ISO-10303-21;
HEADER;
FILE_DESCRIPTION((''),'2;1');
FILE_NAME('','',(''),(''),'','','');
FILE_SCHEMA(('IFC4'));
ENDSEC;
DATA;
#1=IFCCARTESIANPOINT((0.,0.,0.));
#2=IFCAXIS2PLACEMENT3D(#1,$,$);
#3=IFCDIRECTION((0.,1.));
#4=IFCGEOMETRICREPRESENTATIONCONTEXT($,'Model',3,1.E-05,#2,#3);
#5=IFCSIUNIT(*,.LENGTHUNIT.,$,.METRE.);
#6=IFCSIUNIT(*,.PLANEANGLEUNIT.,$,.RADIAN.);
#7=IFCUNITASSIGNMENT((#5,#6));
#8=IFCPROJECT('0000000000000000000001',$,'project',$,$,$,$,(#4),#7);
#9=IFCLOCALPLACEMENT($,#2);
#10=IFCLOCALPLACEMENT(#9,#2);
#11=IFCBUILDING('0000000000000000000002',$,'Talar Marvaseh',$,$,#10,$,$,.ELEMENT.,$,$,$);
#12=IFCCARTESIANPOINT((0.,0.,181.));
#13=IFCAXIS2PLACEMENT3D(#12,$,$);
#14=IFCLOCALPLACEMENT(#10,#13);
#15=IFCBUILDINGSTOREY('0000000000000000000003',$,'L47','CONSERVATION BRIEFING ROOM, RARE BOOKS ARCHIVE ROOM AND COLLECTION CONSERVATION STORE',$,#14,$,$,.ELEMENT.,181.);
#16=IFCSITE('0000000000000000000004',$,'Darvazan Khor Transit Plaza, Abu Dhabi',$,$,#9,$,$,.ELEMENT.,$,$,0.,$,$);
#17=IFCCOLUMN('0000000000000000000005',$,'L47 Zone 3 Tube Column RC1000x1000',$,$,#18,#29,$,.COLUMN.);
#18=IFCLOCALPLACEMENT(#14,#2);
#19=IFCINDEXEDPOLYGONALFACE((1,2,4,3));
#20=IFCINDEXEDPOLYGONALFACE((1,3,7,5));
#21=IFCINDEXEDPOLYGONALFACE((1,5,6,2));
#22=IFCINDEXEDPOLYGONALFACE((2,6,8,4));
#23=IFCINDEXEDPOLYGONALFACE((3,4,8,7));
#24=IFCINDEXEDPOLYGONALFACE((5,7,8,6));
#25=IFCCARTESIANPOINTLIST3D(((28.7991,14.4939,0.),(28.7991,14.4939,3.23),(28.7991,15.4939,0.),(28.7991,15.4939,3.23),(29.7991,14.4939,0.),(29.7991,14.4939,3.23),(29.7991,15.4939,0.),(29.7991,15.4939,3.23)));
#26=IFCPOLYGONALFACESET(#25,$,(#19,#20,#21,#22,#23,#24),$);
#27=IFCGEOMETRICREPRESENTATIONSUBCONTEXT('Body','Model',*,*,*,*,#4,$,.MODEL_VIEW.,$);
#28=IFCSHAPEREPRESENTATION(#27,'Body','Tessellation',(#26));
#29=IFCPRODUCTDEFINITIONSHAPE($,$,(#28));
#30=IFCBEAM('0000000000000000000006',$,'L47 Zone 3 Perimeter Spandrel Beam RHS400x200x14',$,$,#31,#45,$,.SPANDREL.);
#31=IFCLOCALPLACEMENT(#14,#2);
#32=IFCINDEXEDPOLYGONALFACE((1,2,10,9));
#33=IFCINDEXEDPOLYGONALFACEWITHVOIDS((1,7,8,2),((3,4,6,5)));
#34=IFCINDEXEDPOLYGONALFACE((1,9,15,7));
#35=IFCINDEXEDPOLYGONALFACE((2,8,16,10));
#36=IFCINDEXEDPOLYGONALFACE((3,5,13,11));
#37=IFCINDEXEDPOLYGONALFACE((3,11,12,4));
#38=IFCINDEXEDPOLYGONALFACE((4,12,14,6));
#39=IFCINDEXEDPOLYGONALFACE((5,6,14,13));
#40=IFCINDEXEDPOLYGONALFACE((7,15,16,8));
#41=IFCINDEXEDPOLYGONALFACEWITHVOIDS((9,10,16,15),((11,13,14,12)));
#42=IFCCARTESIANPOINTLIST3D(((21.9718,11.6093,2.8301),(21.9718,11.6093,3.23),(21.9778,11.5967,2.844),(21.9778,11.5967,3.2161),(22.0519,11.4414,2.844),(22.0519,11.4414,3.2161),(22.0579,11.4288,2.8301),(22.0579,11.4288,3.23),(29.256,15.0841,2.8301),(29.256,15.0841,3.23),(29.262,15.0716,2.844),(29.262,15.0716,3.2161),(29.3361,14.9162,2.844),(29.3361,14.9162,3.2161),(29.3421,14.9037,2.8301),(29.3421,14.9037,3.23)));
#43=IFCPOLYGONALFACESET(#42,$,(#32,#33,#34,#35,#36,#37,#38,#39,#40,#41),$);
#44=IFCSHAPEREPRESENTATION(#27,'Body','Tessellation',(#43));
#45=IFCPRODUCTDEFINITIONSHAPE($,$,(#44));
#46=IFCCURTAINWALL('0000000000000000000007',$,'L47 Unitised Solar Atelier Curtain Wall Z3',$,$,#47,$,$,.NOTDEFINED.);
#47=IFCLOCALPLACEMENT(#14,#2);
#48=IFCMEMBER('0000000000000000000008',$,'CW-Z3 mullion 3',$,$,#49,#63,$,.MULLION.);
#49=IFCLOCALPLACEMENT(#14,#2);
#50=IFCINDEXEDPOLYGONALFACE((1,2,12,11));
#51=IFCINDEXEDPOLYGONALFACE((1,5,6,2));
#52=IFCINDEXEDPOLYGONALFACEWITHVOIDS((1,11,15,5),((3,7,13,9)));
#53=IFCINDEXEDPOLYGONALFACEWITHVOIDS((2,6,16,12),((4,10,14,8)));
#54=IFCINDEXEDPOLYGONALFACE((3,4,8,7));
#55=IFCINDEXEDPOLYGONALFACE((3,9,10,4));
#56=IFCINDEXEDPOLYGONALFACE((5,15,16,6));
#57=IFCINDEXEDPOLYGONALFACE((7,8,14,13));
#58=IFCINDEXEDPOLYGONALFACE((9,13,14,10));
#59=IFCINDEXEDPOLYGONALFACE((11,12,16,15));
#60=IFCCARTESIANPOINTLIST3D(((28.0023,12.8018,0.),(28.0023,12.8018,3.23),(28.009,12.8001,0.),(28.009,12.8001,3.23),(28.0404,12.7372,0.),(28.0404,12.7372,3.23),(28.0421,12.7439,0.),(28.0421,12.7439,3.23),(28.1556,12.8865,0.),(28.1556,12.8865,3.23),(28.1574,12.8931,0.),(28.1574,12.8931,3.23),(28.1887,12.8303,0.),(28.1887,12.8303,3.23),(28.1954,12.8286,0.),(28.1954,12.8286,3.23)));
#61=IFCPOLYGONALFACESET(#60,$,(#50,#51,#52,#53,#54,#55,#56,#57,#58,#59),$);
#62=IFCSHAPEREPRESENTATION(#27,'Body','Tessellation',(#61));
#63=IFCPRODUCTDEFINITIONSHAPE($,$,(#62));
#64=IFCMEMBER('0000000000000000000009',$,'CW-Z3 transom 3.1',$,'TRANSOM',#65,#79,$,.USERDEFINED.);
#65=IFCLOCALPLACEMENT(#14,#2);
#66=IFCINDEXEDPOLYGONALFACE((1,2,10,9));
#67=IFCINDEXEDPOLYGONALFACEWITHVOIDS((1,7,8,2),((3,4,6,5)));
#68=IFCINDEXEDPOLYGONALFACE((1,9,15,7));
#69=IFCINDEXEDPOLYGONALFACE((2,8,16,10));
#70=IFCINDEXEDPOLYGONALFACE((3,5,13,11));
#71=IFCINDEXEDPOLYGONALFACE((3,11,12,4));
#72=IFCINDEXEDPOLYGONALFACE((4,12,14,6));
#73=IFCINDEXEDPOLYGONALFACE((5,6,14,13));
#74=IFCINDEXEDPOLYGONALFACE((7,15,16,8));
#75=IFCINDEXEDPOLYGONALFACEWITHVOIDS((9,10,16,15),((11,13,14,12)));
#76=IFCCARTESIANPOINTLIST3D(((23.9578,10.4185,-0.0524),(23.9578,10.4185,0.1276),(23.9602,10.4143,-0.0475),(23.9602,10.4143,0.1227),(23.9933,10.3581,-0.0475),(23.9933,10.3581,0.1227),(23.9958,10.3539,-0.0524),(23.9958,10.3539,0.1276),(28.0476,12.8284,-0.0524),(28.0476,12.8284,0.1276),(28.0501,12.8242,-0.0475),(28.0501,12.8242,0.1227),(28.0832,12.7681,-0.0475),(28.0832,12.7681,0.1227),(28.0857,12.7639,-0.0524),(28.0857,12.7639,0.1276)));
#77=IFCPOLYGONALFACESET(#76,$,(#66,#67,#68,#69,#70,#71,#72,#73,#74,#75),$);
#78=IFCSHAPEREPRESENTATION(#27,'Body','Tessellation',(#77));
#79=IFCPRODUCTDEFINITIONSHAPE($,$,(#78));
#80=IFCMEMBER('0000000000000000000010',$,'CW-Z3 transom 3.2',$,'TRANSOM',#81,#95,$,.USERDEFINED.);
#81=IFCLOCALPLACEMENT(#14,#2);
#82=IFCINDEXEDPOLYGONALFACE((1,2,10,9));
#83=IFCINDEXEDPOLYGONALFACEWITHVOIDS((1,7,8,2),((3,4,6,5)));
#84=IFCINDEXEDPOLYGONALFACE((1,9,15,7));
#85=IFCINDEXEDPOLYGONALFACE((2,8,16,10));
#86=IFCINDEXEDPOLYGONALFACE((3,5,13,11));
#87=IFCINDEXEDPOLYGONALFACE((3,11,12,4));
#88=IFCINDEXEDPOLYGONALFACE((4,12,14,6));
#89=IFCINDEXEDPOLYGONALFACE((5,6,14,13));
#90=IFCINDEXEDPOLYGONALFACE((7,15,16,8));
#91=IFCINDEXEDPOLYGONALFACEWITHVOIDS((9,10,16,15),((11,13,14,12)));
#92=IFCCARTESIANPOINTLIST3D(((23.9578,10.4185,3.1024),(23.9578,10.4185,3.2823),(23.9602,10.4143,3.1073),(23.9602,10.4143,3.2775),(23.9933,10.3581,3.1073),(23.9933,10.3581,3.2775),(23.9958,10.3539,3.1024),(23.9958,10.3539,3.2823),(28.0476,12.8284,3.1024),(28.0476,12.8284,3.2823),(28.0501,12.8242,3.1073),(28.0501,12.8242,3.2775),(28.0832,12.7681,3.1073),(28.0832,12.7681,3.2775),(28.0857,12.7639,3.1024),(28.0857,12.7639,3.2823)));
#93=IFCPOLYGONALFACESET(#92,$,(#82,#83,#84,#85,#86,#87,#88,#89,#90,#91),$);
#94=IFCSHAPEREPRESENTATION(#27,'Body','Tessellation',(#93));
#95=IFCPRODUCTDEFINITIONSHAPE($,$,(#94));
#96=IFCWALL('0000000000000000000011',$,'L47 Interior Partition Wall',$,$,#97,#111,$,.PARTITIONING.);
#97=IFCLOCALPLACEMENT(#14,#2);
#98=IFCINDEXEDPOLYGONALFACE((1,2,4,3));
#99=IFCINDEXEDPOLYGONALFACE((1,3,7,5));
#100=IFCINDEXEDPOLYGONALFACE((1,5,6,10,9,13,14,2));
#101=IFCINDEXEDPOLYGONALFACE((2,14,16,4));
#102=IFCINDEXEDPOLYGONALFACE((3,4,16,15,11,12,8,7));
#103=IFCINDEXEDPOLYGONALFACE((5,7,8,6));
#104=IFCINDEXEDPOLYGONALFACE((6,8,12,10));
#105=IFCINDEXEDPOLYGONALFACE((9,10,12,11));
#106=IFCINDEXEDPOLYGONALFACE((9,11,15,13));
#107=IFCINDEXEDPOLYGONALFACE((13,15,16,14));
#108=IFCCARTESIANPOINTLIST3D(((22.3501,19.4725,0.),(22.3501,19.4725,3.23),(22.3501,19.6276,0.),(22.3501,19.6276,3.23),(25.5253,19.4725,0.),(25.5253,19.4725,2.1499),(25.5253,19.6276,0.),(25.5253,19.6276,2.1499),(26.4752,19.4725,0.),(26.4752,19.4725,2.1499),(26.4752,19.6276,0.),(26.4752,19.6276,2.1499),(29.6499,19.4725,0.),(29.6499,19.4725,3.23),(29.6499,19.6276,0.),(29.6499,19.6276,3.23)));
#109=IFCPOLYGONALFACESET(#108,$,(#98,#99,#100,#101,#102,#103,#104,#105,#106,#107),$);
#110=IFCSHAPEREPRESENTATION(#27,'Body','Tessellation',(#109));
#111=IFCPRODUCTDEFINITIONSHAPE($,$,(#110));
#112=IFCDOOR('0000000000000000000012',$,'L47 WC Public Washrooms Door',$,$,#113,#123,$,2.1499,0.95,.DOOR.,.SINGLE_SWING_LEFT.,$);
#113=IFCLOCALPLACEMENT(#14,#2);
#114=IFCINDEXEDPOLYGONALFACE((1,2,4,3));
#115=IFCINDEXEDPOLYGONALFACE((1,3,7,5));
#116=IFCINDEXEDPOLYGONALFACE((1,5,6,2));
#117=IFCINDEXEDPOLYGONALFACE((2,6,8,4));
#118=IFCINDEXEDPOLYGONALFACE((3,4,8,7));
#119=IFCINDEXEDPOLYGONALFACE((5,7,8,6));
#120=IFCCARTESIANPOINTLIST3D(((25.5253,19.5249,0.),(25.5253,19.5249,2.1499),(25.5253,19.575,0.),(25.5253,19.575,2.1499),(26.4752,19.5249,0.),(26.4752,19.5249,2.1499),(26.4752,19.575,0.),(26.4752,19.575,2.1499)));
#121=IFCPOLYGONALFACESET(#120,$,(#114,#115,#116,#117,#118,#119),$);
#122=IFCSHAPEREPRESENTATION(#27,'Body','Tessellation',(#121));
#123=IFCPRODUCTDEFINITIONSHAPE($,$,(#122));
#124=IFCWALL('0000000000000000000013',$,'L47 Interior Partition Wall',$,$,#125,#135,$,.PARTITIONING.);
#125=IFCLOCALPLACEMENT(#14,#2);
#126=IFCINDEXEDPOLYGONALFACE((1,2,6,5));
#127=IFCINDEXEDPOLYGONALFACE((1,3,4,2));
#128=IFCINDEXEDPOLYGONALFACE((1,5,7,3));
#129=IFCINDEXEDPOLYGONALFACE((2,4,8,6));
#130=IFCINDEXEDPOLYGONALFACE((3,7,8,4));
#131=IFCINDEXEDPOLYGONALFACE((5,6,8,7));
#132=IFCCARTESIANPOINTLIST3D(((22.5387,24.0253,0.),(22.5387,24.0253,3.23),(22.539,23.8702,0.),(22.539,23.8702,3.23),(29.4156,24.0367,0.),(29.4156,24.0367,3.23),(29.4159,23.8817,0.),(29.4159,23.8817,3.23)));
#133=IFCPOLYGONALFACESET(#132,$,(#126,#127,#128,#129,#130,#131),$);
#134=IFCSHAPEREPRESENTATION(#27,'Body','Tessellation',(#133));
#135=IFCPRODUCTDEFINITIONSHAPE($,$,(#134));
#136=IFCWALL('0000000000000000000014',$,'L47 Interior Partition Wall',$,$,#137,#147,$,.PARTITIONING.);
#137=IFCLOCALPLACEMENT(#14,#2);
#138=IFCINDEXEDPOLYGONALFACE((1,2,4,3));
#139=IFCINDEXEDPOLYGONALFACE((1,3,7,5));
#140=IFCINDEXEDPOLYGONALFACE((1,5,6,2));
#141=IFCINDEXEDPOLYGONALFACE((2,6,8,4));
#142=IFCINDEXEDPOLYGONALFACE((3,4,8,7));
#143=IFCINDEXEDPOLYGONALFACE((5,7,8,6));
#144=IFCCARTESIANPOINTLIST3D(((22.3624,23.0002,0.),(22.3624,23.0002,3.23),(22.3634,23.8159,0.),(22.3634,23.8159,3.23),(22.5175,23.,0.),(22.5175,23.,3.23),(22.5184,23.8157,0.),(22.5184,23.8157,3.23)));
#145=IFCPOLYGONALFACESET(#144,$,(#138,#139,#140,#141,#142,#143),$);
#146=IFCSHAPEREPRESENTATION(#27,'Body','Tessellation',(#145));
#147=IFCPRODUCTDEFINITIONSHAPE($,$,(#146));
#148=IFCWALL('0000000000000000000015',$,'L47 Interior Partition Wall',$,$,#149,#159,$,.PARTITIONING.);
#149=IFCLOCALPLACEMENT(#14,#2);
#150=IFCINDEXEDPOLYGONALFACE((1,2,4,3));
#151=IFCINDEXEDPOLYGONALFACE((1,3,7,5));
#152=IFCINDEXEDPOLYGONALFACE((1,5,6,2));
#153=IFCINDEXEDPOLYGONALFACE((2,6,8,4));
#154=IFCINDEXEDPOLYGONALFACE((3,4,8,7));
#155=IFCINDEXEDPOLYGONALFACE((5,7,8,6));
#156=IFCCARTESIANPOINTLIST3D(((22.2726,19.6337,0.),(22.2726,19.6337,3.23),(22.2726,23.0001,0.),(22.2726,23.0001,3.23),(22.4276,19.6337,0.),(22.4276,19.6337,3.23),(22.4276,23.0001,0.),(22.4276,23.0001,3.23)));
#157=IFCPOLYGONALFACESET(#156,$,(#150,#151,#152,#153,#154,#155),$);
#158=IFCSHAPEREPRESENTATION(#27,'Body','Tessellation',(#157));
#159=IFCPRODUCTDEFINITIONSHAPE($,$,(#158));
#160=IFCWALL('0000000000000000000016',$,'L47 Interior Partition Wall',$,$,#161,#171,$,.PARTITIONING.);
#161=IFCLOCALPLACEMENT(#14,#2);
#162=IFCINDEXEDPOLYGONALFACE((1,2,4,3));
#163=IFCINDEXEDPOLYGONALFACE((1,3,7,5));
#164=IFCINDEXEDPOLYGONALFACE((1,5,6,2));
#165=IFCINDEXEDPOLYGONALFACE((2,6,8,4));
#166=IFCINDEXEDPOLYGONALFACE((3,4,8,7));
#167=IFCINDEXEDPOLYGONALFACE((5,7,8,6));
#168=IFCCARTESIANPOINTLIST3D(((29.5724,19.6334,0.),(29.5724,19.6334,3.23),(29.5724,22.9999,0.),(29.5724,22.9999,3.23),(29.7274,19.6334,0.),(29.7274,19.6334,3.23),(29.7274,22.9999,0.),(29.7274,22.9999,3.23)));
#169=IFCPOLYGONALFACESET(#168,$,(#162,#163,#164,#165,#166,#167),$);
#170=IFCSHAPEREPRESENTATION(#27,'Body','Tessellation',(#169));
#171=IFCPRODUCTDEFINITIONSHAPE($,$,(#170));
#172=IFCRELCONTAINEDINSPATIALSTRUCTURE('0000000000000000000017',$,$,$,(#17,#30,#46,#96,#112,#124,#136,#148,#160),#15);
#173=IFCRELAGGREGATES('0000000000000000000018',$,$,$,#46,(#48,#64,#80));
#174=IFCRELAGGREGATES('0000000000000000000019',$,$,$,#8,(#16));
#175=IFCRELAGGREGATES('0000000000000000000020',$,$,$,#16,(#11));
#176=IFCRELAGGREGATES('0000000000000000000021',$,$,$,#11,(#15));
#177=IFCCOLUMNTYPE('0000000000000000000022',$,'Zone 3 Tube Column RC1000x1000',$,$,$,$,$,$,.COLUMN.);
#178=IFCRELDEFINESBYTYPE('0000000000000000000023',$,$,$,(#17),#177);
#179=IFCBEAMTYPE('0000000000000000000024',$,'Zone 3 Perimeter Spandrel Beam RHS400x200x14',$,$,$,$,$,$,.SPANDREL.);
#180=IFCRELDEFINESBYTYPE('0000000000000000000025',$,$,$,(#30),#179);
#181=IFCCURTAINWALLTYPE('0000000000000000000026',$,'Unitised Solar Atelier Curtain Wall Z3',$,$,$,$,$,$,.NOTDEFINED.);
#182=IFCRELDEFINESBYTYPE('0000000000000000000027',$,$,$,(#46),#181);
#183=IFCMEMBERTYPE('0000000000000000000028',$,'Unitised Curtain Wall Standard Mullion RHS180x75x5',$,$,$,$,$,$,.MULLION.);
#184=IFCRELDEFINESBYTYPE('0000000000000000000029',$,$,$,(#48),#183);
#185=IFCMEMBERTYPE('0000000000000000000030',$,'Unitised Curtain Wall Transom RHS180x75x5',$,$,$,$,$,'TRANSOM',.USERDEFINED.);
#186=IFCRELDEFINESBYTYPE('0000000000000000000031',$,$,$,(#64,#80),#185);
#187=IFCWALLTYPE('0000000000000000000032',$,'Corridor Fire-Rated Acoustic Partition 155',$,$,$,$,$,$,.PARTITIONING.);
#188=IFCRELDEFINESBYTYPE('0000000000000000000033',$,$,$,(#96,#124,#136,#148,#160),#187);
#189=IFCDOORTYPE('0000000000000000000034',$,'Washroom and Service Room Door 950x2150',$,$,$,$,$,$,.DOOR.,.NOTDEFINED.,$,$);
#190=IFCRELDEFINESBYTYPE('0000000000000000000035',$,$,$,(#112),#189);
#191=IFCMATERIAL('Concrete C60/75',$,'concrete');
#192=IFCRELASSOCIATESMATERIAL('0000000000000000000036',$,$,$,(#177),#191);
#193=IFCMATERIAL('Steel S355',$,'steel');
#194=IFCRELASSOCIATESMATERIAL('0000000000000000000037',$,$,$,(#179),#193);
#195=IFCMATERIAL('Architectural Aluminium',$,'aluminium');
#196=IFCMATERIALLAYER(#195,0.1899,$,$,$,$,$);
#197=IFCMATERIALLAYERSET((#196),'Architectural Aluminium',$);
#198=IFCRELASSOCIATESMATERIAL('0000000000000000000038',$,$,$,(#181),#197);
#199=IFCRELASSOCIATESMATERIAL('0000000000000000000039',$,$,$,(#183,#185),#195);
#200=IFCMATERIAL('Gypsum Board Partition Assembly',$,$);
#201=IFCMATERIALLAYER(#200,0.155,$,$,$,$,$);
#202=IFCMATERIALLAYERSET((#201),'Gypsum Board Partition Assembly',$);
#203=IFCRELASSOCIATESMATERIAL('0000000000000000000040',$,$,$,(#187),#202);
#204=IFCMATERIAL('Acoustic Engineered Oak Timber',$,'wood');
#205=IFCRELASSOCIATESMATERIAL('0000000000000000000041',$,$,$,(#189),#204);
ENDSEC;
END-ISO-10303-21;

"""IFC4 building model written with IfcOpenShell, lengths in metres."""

from ifc_helpers import new_model, si_unit, direction, frame, frame_2d, origin, origin_2d, place, context, subcontext, project, spatial, rectangle, hollow_rectangle, extrude, source, transform, mapped, material, layer, layer_set, material_profile, profile_set, type_object, type_shapes, element, fill, aggregate, save


model = new_model("IFC4")

# Units and contexts
model_context = context("Model", 3, precision=1e-05, world=origin(), true_north=direction((0.0, 1.0)))
body_context = subcontext(model_context, "Body", "Model", "MODEL_VIEW")
ifc_project = project(units=[si_unit("LENGTHUNIT", "METRE"), si_unit("PLANEANGLEUNIT", "RADIAN")], contexts=[model_context])

# Site, building, storey
site_placement = place(None, origin())
site = spatial("IfcSite", under=ifc_project, at=site_placement, Name="Darvazan Khor Transit Plaza, Abu Dhabi", CompositionType="ELEMENT", RefElevation=0.0)
building_placement = place(site_placement, origin())
building = spatial("IfcBuilding", under=site, at=building_placement, Name="Talar Marvaseh", CompositionType="ELEMENT")
storey_placement = place(building_placement, frame((0.0, 0.0, 181.0)))
storey = spatial("IfcBuildingStorey", under=building, at=storey_placement, Name="L47", Description="CONSERVATION BRIEFING ROOM, RARE BOOKS ARCHIVE ROOM AND COLLECTION CONSERVATION STORE", CompositionType="ELEMENT", Elevation=181.0)

# Column
ifc_material_1 = material(Name="Concrete C60/75", Category="concrete")
ifc_material_profile_1 = material_profile(ifc_material_1, rectangle(XDim=1.0, YDim=1.0, at=origin_2d()), Name="RC1000x1000")
ifc_profile_set_1 = profile_set([ifc_material_profile_1], Name="Concrete C60/75")
column_type = type_object("IfcColumnType", Name="Zone 3 Tube Column RC1000x1000", PredefinedType="COLUMN", material=ifc_profile_set_1)
column_placement = place(storey_placement, frame((29.2991, 14.9939, 0.0), z_axis=(0.0, 0.0, 1.0), x_axis=(1.0, 0.0, 0.0)))
element("IfcColumn", 1, at=column_placement, inside=storey, type_object=column_type, Name="L47 Zone 3 Tube Column RC1000x1000", PredefinedType="COLUMN", context=body_context, shape_type="SweptSolid", body=[
    extrude(rectangle(XDim=1.0, YDim=1.0, at=origin_2d()), origin(), (0.0, 0.0, 1.0), 3.23),
])

# Beam
ifc_material_2 = material(Name="Steel S355", Category="steel")
ifc_material_profile_2 = material_profile(ifc_material_2, hollow_rectangle(XDim=0.2, YDim=0.3999, WallThickness=0.0139, at=origin_2d()), Name="RHS400x200x14")
ifc_profile_set_2 = profile_set([ifc_material_profile_2], Name="Steel S355")
beam_type = type_object("IfcBeamType", Name="Zone 3 Perimeter Spandrel Beam RHS400x200x14", PredefinedType="SPANDREL", material=ifc_profile_set_2)
beam_placement = place(storey_placement, frame((29.2991, 14.9939, 3.03), z_axis=(-0.902562, -0.430559, 0.0), x_axis=(0.430559, -0.902562, 0.0)))
element("IfcBeam", 2, at=beam_placement, inside=storey, type_object=beam_type, Name="L47 Zone 3 Perimeter Spandrel Beam RHS400x200x14", PredefinedType="SPANDREL", context=body_context, shape_type="SweptSolid", body=[
    extrude(hollow_rectangle(XDim=0.2, YDim=0.3999, WallThickness=0.0139, at=origin_2d()), origin(), (0.0, 0.0, 1.0), 8.0706),
])

# Curtain wall, members
ifc_material_3 = material(Name="Architectural Aluminium", Category="aluminium")
ifc_layer_1 = layer(ifc_material_3, 0.1899)
ifc_layer_set_1 = layer_set([ifc_layer_1], Name="Architectural Aluminium")
curtain_wall_type = type_object("IfcCurtainWallType", Name="Unitised Solar Atelier Curtain Wall Z3", PredefinedType="NOTDEFINED", material=ifc_layer_set_1)
curtain_wall_placement = place(storey_placement, origin())
curtain_wall = element("IfcCurtainWall", 3, at=curtain_wall_placement, inside=storey, type_object=curtain_wall_type, Name="L47 Unitised Solar Atelier Curtain Wall Z3", PredefinedType="NOTDEFINED")
ifc_material_profile_3 = material_profile(ifc_material_3, hollow_rectangle(XDim=0.075, YDim=0.1799, WallThickness=0.0049, at=origin_2d()), Name="RHS180x75x5")
ifc_profile_set_3 = profile_set([ifc_material_profile_3], Name="Architectural Aluminium")
member_type_1 = type_object("IfcMemberType", Name="Unitised Curtain Wall Standard Mullion RHS180x75x5", PredefinedType="MULLION", material=ifc_profile_set_3)
shared_shape_1 = source(origin(), body_context, "Body", "SweptSolid", [
    extrude(hollow_rectangle(XDim=0.075, YDim=0.1799, WallThickness=0.0049, at=origin_2d()), origin(), (0.0, 0.0, 1.0), 3.23),
])
type_shapes(member_type_1, [shared_shape_1])
member_1_placement = place(storey_placement, frame((28.0989, 12.8152, 0.0), z_axis=(0.0, 0.0, 1.0), x_axis=(0.507674, -0.861549, 0.0)))
member_1 = element("IfcMember", 4, at=member_1_placement, type_object=member_type_1, Name="CW-Z3 mullion 3", PredefinedType="MULLION", context=body_context, shape_type="MappedRepresentation", body=[
    mapped(shared_shape_1, transform((0.0, 0.0, 0.0), x_axis=(1.0, 0.0, 0.0), y_axis=(0.0, 1.0, 0.0), z_axis=(0.0, 0.0, 1.0), scale=1.0)),
])
ifc_material_profile_4 = material_profile(ifc_material_3, hollow_rectangle(XDim=0.075, YDim=0.1799, WallThickness=0.0049, at=origin_2d()), Name="RHS180x75x5")
ifc_profile_set_4 = profile_set([ifc_material_profile_4], Name="Architectural Aluminium")
member_type_2 = type_object("IfcMemberType", Name="Unitised Curtain Wall Transom RHS180x75x5", ElementType="TRANSOM", PredefinedType="USERDEFINED", material=ifc_profile_set_4)
shared_shape_2 = source(origin(), body_context, "Body", "SweptSolid", [
    extrude(hollow_rectangle(XDim=0.075, YDim=0.1799, WallThickness=0.0049, at=origin_2d()), origin(), (0.0, 0.0, 1.0), 4.7471),
])
type_shapes(member_type_2, [shared_shape_2])
member_2_placement = place(storey_placement, frame((28.0667, 12.7961, 0.0376), z_axis=(-0.861555, -0.507665, 0.0), x_axis=(0.507665, -0.861555, 0.0)))
member_2 = element("IfcMember", 5, at=member_2_placement, type_object=member_type_2, Name="CW-Z3 transom 3.1", ObjectType="TRANSOM", PredefinedType="USERDEFINED", context=body_context, shape_type="MappedRepresentation", body=[
    mapped(shared_shape_2, transform((0.0, 0.0, 0.0), x_axis=(1.0, 0.0, 0.0), y_axis=(0.0, 1.0, 0.0), z_axis=(0.0, 0.0, 1.0), scale=1.0)),
])
member_3_placement = place(storey_placement, frame((28.0667, 12.7961, 3.1924), z_axis=(-0.861555, -0.507665, 0.0), x_axis=(0.507665, -0.861555, 0.0)))
member_3 = element("IfcMember", 6, at=member_3_placement, type_object=member_type_2, Name="CW-Z3 transom 3.2", ObjectType="TRANSOM", PredefinedType="USERDEFINED", context=body_context, shape_type="MappedRepresentation", body=[
    mapped(shared_shape_2, transform((0.0, 0.0, 0.0), x_axis=(1.0, 0.0, 0.0), y_axis=(0.0, 1.0, 0.0), z_axis=(0.0, 0.0, 1.0), scale=1.0)),
])
aggregate(curtain_wall, [member_1, member_2, member_3])

# Wall, opening, door
ifc_material_4 = material(Name="Gypsum Board Partition Assembly")
ifc_layer_2 = layer(ifc_material_4, 0.155)
ifc_layer_set_2 = layer_set([ifc_layer_2], Name="Gypsum Board Partition Assembly")
wall_type_1 = type_object("IfcWallType", Name="Corridor Fire-Rated Acoustic Partition 155", PredefinedType="PARTITIONING", material=ifc_layer_set_2)
wall_1_placement = place(storey_placement, frame((22.3501, 19.55, 0.0), z_axis=(0.0, 0.0, 1.0), x_axis=(1.0, 0.0, 0.0)))
wall_1 = element("IfcWall", 7, at=wall_1_placement, inside=storey, type_object=wall_type_1, Name="L47 Interior Partition Wall", PredefinedType="PARTITIONING", context=body_context, shape_type="SweptSolid", body=[
    extrude(rectangle(XDim=7.2998, YDim=0.155, at=frame_2d((3.6499, 0.0))), origin(), (0.0, 0.0, 1.0), 3.23),
])
opening_placement = place(wall_1_placement, frame((3.175, 0.0, 0.0)))
opening = element("IfcOpeningElement", 8, at=opening_placement, cuts=wall_1, PredefinedType="OPENING", context=body_context, shape_type="SweptSolid", body=[
    extrude(rectangle(XDim=0.95, YDim=2.1499, at=frame_2d((0.4751, 1.075))), frame((0.0, 0.0874, 0.0), z_axis=(0.0, -1.0, 0.0), x_axis=(1.0, 0.0, 0.0)), (0.0, 0.0, 1.0), 0.175),
])
ifc_material_5 = material(Name="Acoustic Engineered Oak Timber", Category="wood")
door_type = type_object("IfcDoorType", Name="Washroom and Service Room Door 950x2150", OperationType="NOTDEFINED", PredefinedType="DOOR", material=ifc_material_5)
shared_shape_3 = source(origin(), body_context, "Body", "SweptSolid", [
    extrude(rectangle(XDim=0.95, YDim=2.1499, at=frame_2d((0.4751, 1.075))), frame((0.0, 0.0249, 0.0), z_axis=(0.0, -1.0, 0.0), x_axis=(1.0, 0.0, 0.0)), (0.0, 0.0, 1.0), 0.05),
])
type_shapes(door_type, [shared_shape_3])
door_placement = place(opening_placement, origin())
door = element("IfcDoor", 9, at=door_placement, inside=storey, type_object=door_type, Name="L47 WC Public Washrooms Door", OperationType="SINGLE_SWING_LEFT", OverallHeight=2.1499, OverallWidth=0.95, PredefinedType="DOOR", context=body_context, shape_type="MappedRepresentation", body=[
    mapped(shared_shape_3, transform((0.0, 0.0, 0.0), x_axis=(1.0, 0.0, 0.0), y_axis=(0.0, 1.0, 0.0), z_axis=(0.0, 0.0, 1.0), scale=1.0)),
])
fill(opening, door)

# Walls
wall_2_placement = place(storey_placement, frame((29.4158, 23.9592, 0.0), z_axis=(0.0, 0.0, 1.0), x_axis=(-0.999999, -0.001669, 0.0)))
element("IfcWall", 10, at=wall_2_placement, inside=storey, type_object=wall_type_1, Name="L47 Interior Partition Wall", PredefinedType="PARTITIONING", context=body_context, shape_type="SweptSolid", body=[
    extrude(rectangle(XDim=6.877, YDim=0.155, at=frame_2d((3.4385, 0.0))), origin(), (0.0, 0.0, 1.0), 3.23),
])
wall_3_placement = place(storey_placement, frame((22.4409, 23.8157, 0.0), z_axis=(0.0, 0.0, 1.0), x_axis=(-0.001197, -0.999999, 0.0)))
element("IfcWall", 11, at=wall_3_placement, inside=storey, type_object=wall_type_1, Name="L47 Interior Partition Wall", PredefinedType="PARTITIONING", context=body_context, shape_type="SweptSolid", body=[
    extrude(rectangle(XDim=0.8157, YDim=0.155, at=frame_2d((0.4077, 0.0))), origin(), (0.0, 0.0, 1.0), 3.23),
])
for number, where, z_axis, x_axis, name in (
    (12, (22.3501, 23.0, 0.0), (0.0, 0.0, 1.0), (0.0, -1.0, 0.0), "L47 Interior Partition Wall"),
    (13, (29.6499, 19.6335, 0.0), (0.0, 0.0, 1.0), (0.0, 1.0, 0.0), "L47 Interior Partition Wall"),
):
    element("IfcWall", number, at=place(storey_placement, frame(where, z_axis=z_axis, x_axis=x_axis)), inside=storey, type_object=wall_type_1, Name=name, PredefinedType="PARTITIONING", context=body_context, shape_type="SweptSolid", body=[
        extrude(rectangle(XDim=3.3665, YDim=0.155, at=frame_2d((1.6831, 0.0))), origin(), (0.0, 0.0, 1.0), 3.23),
    ])

save(model, "model.ifc")
